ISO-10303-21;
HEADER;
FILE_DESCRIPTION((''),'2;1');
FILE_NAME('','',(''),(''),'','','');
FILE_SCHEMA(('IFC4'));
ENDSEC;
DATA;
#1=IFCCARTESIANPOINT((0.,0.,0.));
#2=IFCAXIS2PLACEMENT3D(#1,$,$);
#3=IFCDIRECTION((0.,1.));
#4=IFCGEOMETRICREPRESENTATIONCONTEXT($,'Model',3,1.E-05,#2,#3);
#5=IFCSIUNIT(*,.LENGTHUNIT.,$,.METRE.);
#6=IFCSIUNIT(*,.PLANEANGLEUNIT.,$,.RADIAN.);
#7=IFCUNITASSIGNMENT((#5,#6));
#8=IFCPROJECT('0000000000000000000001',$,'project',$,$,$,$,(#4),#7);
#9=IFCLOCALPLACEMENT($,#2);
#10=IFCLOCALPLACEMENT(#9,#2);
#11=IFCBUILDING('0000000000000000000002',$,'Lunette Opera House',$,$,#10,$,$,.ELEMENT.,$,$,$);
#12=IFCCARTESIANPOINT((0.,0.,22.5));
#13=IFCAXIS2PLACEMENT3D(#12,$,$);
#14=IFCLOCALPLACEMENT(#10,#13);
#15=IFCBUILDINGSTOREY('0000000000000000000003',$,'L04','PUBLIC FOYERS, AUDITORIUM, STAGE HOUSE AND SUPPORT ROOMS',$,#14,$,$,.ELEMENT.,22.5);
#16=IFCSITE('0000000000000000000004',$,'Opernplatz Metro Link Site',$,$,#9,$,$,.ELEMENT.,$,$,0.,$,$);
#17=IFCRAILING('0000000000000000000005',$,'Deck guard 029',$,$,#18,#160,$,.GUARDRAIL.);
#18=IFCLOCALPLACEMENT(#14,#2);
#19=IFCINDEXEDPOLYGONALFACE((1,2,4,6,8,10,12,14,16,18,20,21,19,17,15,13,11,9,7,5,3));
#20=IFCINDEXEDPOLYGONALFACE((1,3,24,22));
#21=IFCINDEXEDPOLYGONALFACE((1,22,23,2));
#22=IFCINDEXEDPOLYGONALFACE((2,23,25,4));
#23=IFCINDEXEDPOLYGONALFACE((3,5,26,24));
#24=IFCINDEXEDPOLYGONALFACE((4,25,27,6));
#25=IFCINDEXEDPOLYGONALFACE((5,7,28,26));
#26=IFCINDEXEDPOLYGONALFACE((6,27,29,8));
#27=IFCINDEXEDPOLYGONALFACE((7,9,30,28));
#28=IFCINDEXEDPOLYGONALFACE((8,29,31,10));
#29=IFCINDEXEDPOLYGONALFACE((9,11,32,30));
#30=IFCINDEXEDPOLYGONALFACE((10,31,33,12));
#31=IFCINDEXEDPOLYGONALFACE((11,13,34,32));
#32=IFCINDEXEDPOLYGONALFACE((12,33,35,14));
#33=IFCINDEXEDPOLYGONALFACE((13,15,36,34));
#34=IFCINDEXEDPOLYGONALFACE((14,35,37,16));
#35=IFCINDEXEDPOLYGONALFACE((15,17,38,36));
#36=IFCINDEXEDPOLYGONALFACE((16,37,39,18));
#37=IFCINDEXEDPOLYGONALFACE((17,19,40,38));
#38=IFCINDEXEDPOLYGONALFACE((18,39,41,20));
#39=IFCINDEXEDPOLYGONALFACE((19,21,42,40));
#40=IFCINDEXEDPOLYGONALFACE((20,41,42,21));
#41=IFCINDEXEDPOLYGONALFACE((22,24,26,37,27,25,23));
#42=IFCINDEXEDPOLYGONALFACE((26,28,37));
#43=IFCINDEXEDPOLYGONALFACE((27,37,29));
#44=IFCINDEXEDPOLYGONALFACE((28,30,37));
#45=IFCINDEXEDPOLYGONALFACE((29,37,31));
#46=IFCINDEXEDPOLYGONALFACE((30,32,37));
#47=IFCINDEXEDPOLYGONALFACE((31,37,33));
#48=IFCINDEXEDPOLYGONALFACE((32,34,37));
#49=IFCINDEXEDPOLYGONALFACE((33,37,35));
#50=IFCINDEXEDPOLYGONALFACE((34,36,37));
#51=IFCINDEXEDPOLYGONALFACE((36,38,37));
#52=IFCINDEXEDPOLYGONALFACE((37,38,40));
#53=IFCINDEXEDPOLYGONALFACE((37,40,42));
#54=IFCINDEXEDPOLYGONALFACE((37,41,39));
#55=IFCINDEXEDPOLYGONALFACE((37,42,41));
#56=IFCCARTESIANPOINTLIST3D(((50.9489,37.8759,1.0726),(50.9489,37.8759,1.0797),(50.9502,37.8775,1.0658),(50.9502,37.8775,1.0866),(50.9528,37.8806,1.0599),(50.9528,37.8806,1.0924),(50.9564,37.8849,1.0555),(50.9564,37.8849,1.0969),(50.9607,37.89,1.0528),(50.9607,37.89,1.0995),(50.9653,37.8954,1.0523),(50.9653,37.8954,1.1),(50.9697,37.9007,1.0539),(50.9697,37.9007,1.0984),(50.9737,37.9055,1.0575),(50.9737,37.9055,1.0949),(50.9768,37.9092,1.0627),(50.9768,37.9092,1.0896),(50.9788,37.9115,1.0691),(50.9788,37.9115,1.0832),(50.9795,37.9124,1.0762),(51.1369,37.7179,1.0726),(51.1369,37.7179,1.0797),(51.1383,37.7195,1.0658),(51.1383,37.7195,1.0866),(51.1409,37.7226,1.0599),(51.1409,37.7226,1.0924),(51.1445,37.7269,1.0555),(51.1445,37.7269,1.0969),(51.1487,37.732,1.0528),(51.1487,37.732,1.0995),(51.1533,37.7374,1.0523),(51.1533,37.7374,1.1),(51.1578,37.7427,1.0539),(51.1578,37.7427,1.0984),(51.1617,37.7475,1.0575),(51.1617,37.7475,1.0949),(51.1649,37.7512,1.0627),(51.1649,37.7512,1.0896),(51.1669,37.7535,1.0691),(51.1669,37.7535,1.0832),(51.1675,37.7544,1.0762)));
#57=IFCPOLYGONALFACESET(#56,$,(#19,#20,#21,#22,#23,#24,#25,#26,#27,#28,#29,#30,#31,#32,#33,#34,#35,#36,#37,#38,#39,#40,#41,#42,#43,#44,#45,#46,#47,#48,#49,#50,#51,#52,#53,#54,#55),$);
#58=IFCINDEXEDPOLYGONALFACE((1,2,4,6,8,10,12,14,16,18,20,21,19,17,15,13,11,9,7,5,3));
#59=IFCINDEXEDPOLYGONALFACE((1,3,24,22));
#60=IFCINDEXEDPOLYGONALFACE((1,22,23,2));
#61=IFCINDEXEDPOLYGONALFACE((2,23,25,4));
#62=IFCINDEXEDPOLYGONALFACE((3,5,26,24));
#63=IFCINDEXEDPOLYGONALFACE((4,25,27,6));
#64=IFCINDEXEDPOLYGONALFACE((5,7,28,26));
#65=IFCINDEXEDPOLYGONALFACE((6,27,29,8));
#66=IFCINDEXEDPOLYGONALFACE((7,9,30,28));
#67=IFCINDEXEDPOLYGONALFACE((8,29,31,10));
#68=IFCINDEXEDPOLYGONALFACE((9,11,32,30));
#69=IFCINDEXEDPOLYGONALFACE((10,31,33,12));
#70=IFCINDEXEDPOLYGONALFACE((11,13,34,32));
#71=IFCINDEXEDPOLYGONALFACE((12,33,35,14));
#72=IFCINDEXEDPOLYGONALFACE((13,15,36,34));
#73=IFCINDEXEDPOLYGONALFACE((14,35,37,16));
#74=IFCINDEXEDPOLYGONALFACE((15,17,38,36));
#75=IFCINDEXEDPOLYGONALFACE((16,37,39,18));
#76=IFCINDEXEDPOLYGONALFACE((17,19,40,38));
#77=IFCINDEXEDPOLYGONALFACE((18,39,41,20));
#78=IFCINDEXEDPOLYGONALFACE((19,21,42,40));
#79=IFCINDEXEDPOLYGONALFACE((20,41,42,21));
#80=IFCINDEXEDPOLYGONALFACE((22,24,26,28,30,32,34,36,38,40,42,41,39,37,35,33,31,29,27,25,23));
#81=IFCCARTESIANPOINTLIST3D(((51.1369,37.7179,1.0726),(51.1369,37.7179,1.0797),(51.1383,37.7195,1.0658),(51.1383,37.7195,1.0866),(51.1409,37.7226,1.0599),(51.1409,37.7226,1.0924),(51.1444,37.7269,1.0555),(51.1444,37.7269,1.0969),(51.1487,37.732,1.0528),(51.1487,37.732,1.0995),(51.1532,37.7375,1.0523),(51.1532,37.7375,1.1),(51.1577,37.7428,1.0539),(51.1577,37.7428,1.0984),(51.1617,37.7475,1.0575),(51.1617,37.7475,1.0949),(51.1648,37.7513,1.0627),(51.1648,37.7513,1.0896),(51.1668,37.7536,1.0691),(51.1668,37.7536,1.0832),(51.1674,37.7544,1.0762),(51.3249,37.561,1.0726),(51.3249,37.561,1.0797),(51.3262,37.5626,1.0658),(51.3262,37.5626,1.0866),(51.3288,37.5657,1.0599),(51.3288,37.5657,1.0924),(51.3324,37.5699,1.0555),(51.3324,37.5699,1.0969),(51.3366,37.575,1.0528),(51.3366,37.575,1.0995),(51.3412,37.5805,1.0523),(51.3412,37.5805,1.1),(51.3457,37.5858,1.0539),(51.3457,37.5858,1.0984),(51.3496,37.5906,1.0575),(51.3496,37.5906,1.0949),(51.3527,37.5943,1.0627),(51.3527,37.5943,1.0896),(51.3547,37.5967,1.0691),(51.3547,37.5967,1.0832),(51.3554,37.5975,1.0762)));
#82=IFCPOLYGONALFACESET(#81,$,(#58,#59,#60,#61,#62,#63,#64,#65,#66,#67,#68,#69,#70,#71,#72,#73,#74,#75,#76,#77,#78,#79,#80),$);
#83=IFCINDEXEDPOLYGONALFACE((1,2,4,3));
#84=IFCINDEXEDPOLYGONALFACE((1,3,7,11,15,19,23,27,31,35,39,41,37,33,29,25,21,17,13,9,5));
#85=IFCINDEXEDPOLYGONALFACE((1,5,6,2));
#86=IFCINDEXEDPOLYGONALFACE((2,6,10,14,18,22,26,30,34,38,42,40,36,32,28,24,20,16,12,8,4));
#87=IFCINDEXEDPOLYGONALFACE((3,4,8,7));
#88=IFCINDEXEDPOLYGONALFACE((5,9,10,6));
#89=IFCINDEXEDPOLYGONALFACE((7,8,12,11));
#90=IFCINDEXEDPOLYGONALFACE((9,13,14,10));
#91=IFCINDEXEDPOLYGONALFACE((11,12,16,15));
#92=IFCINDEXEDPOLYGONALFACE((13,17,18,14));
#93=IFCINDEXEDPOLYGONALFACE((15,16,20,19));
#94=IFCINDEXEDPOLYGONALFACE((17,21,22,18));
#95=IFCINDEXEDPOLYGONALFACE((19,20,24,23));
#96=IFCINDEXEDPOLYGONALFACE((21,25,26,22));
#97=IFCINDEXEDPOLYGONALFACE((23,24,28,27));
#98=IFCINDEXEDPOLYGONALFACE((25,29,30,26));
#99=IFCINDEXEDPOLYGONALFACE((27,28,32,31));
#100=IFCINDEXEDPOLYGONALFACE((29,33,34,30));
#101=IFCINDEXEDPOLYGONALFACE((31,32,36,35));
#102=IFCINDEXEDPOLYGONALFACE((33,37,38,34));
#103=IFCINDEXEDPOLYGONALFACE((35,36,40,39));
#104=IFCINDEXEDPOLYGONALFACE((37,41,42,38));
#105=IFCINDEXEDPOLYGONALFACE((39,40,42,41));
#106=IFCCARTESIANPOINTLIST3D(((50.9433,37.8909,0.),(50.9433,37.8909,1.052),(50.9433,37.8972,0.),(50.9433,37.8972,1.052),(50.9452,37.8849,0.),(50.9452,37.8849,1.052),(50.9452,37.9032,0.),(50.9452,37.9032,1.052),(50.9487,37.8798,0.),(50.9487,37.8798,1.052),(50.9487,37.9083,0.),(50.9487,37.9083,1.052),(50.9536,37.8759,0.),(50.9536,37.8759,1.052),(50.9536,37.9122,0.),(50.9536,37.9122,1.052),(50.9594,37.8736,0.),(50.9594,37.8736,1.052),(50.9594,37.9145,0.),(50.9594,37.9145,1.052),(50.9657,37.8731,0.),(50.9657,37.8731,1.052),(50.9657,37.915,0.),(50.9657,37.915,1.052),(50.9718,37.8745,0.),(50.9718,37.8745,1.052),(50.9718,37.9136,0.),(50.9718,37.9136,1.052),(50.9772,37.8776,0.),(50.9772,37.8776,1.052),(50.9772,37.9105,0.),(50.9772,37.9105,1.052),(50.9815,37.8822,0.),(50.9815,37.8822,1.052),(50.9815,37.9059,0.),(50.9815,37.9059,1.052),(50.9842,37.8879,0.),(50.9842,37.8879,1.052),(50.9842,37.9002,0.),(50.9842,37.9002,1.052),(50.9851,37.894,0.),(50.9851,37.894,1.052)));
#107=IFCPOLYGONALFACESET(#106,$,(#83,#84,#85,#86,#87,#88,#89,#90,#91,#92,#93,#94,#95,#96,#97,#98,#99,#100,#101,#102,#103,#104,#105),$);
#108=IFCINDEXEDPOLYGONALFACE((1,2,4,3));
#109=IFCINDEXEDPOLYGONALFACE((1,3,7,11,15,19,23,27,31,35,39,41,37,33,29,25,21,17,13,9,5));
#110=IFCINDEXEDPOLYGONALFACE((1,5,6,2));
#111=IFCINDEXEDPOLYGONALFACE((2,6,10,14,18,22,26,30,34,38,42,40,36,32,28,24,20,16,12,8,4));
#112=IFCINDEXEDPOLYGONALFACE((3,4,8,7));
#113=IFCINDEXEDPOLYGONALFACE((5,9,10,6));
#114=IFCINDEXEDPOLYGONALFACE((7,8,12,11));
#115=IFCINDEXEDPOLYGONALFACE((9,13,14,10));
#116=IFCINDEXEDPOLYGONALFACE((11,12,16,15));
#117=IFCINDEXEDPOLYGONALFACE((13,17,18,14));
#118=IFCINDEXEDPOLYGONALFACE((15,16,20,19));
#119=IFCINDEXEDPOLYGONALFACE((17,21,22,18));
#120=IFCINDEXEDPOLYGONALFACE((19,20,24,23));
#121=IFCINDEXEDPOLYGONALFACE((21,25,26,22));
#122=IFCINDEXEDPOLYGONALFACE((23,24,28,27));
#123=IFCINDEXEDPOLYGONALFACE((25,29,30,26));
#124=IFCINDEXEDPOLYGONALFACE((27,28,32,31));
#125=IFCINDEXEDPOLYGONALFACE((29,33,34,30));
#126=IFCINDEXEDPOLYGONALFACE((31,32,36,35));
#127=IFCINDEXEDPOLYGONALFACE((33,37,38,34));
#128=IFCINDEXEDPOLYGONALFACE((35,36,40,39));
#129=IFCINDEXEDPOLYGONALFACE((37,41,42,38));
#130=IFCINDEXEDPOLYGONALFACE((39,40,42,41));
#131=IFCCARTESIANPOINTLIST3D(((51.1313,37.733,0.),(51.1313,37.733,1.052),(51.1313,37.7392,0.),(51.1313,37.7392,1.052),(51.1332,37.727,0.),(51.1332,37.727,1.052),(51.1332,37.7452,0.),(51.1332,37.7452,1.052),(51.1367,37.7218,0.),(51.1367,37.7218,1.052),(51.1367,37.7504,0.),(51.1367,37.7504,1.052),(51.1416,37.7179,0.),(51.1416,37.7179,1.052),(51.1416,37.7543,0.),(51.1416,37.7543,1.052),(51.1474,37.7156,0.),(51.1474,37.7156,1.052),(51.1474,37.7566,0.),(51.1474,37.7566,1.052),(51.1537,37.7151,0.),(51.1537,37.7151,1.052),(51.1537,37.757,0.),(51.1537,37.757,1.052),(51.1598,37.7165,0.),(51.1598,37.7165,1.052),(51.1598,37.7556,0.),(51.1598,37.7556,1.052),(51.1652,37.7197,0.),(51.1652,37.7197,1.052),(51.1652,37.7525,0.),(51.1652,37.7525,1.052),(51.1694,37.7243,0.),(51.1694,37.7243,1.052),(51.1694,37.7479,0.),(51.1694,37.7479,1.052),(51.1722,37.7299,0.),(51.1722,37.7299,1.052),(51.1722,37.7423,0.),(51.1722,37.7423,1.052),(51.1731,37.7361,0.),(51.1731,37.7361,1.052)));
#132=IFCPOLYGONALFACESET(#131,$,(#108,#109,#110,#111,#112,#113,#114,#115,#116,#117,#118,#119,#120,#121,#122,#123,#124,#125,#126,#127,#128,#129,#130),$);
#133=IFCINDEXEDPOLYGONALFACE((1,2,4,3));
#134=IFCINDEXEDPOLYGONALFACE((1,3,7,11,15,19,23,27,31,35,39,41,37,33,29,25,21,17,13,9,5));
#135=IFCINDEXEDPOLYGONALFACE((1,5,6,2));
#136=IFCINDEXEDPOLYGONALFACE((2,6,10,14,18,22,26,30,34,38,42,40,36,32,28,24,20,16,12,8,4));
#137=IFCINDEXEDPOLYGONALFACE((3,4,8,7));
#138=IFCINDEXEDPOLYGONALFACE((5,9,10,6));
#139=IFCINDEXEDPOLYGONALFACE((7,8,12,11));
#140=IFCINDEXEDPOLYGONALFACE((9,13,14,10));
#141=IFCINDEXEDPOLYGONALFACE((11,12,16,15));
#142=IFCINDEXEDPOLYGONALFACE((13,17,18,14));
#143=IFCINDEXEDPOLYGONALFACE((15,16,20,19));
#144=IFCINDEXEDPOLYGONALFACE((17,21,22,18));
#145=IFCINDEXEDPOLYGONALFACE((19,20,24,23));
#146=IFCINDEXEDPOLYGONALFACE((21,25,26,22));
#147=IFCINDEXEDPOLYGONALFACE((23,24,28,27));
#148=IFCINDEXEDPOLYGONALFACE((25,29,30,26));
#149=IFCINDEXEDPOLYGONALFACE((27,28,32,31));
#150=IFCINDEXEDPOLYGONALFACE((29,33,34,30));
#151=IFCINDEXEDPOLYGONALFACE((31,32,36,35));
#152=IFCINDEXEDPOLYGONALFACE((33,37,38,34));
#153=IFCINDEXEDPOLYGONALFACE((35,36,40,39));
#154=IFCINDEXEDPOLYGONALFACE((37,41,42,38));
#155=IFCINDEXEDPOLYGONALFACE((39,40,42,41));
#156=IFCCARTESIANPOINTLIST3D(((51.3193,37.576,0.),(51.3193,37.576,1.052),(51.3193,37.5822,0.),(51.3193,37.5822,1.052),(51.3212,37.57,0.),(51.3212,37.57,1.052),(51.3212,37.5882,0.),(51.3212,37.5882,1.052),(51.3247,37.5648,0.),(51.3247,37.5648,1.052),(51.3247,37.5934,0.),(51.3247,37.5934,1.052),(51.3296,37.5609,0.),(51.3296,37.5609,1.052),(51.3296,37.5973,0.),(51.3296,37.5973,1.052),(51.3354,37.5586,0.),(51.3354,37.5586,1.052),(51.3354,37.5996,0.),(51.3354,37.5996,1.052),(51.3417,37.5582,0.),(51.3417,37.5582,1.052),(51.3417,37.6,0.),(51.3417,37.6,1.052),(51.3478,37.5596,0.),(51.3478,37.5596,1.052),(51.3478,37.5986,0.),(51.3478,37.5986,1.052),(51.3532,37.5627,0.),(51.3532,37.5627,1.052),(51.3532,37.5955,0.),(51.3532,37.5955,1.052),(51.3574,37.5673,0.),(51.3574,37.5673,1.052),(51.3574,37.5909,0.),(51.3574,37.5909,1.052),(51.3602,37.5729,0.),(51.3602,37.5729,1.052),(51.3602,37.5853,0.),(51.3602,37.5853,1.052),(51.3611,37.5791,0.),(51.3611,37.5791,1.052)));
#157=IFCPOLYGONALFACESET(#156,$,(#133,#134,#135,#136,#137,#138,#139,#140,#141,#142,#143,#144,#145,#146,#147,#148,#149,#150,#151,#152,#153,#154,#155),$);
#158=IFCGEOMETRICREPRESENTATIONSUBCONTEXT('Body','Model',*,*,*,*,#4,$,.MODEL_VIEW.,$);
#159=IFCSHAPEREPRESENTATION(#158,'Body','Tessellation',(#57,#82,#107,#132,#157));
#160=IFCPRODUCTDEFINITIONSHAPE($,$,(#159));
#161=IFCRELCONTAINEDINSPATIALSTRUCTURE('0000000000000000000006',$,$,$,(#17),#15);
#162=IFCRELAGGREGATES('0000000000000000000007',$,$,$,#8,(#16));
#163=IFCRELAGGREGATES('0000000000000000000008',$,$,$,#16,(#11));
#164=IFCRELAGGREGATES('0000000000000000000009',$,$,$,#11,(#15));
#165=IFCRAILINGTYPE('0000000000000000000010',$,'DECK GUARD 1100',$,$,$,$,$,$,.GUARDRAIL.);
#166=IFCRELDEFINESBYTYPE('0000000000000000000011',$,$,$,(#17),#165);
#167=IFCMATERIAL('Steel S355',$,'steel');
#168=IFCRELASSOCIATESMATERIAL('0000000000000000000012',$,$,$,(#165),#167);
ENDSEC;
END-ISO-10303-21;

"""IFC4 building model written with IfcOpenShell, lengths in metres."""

from ifc_helpers import new_model, si_unit, direction, frame, origin, origin_2d, place, context, subcontext, project, spatial, circle, extrude, material, type_object, element, save


model = new_model("IFC4")

# Units and contexts
model_context = context("Model", 3, precision=1e-05, world=origin(), true_north=direction((0.0, 1.0)))
body_context = subcontext(model_context, "Body", "Model", "MODEL_VIEW")
ifc_project = project(units=[si_unit("LENGTHUNIT", "METRE"), si_unit("PLANEANGLEUNIT", "RADIAN")], contexts=[model_context])

# Site, building, storey
site_placement = place(None, origin())
site = spatial("IfcSite", under=ifc_project, at=site_placement, Name="Opernplatz Metro Link Site", CompositionType="ELEMENT", RefElevation=0.0)
building_placement = place(site_placement, origin())
building = spatial("IfcBuilding", under=site, at=building_placement, Name="Lunette Opera House", CompositionType="ELEMENT")
storey_placement = place(building_placement, frame((0.0, 0.0, 22.5)))
storey = spatial("IfcBuildingStorey", under=building, at=storey_placement, Name="L04", Description="PUBLIC FOYERS, AUDITORIUM, STAGE HOUSE AND SUPPORT ROOMS", CompositionType="ELEMENT", Elevation=22.5)

# Railing
ifc_material_1 = material(Name="Steel S355", Category="steel")
railing_type = type_object("IfcRailingType", Name="DECK GUARD 1100", PredefinedType="GUARDRAIL", material=ifc_material_1)
railing_placement = place(storey_placement, frame((50.9641, 37.894, 0.0)))
element("IfcRailing", 1, at=railing_placement, inside=storey, type_object=railing_type, Name="Deck guard 029", PredefinedType="GUARDRAIL", context=body_context, shape_type="SweptSolid", body=[
    extrude(circle(Radius=0.0239, at=origin_2d()), frame((0.0, 0.0, 1.0762), z_axis=(0.765607, -0.643309, 0.0), x_axis=(0.643309, 0.765607, 0.0)), (0.0, 0.0, 1.0), 0.2456),
    extrude(circle(Radius=0.0239, at=origin_2d()), frame((0.188, -0.158, 1.0762), z_axis=(0.767567, -0.640968, 0.0), x_axis=(0.640968, 0.767567, 0.0)), (0.0, 0.0, 1.0), 0.2449),
    extrude(circle(Radius=0.021, at=origin_2d()), origin(), (0.0, 0.0, 1.0), 1.052),
    extrude(circle(Radius=0.021, at=origin_2d()), frame((0.188, -0.158, 0.0)), (0.0, 0.0, 1.0), 1.052),
    extrude(circle(Radius=0.021, at=origin_2d()), frame((0.376, -0.3149, 0.0)), (0.0, 0.0, 1.0), 1.052),
])

save(model, "model.ifc")
